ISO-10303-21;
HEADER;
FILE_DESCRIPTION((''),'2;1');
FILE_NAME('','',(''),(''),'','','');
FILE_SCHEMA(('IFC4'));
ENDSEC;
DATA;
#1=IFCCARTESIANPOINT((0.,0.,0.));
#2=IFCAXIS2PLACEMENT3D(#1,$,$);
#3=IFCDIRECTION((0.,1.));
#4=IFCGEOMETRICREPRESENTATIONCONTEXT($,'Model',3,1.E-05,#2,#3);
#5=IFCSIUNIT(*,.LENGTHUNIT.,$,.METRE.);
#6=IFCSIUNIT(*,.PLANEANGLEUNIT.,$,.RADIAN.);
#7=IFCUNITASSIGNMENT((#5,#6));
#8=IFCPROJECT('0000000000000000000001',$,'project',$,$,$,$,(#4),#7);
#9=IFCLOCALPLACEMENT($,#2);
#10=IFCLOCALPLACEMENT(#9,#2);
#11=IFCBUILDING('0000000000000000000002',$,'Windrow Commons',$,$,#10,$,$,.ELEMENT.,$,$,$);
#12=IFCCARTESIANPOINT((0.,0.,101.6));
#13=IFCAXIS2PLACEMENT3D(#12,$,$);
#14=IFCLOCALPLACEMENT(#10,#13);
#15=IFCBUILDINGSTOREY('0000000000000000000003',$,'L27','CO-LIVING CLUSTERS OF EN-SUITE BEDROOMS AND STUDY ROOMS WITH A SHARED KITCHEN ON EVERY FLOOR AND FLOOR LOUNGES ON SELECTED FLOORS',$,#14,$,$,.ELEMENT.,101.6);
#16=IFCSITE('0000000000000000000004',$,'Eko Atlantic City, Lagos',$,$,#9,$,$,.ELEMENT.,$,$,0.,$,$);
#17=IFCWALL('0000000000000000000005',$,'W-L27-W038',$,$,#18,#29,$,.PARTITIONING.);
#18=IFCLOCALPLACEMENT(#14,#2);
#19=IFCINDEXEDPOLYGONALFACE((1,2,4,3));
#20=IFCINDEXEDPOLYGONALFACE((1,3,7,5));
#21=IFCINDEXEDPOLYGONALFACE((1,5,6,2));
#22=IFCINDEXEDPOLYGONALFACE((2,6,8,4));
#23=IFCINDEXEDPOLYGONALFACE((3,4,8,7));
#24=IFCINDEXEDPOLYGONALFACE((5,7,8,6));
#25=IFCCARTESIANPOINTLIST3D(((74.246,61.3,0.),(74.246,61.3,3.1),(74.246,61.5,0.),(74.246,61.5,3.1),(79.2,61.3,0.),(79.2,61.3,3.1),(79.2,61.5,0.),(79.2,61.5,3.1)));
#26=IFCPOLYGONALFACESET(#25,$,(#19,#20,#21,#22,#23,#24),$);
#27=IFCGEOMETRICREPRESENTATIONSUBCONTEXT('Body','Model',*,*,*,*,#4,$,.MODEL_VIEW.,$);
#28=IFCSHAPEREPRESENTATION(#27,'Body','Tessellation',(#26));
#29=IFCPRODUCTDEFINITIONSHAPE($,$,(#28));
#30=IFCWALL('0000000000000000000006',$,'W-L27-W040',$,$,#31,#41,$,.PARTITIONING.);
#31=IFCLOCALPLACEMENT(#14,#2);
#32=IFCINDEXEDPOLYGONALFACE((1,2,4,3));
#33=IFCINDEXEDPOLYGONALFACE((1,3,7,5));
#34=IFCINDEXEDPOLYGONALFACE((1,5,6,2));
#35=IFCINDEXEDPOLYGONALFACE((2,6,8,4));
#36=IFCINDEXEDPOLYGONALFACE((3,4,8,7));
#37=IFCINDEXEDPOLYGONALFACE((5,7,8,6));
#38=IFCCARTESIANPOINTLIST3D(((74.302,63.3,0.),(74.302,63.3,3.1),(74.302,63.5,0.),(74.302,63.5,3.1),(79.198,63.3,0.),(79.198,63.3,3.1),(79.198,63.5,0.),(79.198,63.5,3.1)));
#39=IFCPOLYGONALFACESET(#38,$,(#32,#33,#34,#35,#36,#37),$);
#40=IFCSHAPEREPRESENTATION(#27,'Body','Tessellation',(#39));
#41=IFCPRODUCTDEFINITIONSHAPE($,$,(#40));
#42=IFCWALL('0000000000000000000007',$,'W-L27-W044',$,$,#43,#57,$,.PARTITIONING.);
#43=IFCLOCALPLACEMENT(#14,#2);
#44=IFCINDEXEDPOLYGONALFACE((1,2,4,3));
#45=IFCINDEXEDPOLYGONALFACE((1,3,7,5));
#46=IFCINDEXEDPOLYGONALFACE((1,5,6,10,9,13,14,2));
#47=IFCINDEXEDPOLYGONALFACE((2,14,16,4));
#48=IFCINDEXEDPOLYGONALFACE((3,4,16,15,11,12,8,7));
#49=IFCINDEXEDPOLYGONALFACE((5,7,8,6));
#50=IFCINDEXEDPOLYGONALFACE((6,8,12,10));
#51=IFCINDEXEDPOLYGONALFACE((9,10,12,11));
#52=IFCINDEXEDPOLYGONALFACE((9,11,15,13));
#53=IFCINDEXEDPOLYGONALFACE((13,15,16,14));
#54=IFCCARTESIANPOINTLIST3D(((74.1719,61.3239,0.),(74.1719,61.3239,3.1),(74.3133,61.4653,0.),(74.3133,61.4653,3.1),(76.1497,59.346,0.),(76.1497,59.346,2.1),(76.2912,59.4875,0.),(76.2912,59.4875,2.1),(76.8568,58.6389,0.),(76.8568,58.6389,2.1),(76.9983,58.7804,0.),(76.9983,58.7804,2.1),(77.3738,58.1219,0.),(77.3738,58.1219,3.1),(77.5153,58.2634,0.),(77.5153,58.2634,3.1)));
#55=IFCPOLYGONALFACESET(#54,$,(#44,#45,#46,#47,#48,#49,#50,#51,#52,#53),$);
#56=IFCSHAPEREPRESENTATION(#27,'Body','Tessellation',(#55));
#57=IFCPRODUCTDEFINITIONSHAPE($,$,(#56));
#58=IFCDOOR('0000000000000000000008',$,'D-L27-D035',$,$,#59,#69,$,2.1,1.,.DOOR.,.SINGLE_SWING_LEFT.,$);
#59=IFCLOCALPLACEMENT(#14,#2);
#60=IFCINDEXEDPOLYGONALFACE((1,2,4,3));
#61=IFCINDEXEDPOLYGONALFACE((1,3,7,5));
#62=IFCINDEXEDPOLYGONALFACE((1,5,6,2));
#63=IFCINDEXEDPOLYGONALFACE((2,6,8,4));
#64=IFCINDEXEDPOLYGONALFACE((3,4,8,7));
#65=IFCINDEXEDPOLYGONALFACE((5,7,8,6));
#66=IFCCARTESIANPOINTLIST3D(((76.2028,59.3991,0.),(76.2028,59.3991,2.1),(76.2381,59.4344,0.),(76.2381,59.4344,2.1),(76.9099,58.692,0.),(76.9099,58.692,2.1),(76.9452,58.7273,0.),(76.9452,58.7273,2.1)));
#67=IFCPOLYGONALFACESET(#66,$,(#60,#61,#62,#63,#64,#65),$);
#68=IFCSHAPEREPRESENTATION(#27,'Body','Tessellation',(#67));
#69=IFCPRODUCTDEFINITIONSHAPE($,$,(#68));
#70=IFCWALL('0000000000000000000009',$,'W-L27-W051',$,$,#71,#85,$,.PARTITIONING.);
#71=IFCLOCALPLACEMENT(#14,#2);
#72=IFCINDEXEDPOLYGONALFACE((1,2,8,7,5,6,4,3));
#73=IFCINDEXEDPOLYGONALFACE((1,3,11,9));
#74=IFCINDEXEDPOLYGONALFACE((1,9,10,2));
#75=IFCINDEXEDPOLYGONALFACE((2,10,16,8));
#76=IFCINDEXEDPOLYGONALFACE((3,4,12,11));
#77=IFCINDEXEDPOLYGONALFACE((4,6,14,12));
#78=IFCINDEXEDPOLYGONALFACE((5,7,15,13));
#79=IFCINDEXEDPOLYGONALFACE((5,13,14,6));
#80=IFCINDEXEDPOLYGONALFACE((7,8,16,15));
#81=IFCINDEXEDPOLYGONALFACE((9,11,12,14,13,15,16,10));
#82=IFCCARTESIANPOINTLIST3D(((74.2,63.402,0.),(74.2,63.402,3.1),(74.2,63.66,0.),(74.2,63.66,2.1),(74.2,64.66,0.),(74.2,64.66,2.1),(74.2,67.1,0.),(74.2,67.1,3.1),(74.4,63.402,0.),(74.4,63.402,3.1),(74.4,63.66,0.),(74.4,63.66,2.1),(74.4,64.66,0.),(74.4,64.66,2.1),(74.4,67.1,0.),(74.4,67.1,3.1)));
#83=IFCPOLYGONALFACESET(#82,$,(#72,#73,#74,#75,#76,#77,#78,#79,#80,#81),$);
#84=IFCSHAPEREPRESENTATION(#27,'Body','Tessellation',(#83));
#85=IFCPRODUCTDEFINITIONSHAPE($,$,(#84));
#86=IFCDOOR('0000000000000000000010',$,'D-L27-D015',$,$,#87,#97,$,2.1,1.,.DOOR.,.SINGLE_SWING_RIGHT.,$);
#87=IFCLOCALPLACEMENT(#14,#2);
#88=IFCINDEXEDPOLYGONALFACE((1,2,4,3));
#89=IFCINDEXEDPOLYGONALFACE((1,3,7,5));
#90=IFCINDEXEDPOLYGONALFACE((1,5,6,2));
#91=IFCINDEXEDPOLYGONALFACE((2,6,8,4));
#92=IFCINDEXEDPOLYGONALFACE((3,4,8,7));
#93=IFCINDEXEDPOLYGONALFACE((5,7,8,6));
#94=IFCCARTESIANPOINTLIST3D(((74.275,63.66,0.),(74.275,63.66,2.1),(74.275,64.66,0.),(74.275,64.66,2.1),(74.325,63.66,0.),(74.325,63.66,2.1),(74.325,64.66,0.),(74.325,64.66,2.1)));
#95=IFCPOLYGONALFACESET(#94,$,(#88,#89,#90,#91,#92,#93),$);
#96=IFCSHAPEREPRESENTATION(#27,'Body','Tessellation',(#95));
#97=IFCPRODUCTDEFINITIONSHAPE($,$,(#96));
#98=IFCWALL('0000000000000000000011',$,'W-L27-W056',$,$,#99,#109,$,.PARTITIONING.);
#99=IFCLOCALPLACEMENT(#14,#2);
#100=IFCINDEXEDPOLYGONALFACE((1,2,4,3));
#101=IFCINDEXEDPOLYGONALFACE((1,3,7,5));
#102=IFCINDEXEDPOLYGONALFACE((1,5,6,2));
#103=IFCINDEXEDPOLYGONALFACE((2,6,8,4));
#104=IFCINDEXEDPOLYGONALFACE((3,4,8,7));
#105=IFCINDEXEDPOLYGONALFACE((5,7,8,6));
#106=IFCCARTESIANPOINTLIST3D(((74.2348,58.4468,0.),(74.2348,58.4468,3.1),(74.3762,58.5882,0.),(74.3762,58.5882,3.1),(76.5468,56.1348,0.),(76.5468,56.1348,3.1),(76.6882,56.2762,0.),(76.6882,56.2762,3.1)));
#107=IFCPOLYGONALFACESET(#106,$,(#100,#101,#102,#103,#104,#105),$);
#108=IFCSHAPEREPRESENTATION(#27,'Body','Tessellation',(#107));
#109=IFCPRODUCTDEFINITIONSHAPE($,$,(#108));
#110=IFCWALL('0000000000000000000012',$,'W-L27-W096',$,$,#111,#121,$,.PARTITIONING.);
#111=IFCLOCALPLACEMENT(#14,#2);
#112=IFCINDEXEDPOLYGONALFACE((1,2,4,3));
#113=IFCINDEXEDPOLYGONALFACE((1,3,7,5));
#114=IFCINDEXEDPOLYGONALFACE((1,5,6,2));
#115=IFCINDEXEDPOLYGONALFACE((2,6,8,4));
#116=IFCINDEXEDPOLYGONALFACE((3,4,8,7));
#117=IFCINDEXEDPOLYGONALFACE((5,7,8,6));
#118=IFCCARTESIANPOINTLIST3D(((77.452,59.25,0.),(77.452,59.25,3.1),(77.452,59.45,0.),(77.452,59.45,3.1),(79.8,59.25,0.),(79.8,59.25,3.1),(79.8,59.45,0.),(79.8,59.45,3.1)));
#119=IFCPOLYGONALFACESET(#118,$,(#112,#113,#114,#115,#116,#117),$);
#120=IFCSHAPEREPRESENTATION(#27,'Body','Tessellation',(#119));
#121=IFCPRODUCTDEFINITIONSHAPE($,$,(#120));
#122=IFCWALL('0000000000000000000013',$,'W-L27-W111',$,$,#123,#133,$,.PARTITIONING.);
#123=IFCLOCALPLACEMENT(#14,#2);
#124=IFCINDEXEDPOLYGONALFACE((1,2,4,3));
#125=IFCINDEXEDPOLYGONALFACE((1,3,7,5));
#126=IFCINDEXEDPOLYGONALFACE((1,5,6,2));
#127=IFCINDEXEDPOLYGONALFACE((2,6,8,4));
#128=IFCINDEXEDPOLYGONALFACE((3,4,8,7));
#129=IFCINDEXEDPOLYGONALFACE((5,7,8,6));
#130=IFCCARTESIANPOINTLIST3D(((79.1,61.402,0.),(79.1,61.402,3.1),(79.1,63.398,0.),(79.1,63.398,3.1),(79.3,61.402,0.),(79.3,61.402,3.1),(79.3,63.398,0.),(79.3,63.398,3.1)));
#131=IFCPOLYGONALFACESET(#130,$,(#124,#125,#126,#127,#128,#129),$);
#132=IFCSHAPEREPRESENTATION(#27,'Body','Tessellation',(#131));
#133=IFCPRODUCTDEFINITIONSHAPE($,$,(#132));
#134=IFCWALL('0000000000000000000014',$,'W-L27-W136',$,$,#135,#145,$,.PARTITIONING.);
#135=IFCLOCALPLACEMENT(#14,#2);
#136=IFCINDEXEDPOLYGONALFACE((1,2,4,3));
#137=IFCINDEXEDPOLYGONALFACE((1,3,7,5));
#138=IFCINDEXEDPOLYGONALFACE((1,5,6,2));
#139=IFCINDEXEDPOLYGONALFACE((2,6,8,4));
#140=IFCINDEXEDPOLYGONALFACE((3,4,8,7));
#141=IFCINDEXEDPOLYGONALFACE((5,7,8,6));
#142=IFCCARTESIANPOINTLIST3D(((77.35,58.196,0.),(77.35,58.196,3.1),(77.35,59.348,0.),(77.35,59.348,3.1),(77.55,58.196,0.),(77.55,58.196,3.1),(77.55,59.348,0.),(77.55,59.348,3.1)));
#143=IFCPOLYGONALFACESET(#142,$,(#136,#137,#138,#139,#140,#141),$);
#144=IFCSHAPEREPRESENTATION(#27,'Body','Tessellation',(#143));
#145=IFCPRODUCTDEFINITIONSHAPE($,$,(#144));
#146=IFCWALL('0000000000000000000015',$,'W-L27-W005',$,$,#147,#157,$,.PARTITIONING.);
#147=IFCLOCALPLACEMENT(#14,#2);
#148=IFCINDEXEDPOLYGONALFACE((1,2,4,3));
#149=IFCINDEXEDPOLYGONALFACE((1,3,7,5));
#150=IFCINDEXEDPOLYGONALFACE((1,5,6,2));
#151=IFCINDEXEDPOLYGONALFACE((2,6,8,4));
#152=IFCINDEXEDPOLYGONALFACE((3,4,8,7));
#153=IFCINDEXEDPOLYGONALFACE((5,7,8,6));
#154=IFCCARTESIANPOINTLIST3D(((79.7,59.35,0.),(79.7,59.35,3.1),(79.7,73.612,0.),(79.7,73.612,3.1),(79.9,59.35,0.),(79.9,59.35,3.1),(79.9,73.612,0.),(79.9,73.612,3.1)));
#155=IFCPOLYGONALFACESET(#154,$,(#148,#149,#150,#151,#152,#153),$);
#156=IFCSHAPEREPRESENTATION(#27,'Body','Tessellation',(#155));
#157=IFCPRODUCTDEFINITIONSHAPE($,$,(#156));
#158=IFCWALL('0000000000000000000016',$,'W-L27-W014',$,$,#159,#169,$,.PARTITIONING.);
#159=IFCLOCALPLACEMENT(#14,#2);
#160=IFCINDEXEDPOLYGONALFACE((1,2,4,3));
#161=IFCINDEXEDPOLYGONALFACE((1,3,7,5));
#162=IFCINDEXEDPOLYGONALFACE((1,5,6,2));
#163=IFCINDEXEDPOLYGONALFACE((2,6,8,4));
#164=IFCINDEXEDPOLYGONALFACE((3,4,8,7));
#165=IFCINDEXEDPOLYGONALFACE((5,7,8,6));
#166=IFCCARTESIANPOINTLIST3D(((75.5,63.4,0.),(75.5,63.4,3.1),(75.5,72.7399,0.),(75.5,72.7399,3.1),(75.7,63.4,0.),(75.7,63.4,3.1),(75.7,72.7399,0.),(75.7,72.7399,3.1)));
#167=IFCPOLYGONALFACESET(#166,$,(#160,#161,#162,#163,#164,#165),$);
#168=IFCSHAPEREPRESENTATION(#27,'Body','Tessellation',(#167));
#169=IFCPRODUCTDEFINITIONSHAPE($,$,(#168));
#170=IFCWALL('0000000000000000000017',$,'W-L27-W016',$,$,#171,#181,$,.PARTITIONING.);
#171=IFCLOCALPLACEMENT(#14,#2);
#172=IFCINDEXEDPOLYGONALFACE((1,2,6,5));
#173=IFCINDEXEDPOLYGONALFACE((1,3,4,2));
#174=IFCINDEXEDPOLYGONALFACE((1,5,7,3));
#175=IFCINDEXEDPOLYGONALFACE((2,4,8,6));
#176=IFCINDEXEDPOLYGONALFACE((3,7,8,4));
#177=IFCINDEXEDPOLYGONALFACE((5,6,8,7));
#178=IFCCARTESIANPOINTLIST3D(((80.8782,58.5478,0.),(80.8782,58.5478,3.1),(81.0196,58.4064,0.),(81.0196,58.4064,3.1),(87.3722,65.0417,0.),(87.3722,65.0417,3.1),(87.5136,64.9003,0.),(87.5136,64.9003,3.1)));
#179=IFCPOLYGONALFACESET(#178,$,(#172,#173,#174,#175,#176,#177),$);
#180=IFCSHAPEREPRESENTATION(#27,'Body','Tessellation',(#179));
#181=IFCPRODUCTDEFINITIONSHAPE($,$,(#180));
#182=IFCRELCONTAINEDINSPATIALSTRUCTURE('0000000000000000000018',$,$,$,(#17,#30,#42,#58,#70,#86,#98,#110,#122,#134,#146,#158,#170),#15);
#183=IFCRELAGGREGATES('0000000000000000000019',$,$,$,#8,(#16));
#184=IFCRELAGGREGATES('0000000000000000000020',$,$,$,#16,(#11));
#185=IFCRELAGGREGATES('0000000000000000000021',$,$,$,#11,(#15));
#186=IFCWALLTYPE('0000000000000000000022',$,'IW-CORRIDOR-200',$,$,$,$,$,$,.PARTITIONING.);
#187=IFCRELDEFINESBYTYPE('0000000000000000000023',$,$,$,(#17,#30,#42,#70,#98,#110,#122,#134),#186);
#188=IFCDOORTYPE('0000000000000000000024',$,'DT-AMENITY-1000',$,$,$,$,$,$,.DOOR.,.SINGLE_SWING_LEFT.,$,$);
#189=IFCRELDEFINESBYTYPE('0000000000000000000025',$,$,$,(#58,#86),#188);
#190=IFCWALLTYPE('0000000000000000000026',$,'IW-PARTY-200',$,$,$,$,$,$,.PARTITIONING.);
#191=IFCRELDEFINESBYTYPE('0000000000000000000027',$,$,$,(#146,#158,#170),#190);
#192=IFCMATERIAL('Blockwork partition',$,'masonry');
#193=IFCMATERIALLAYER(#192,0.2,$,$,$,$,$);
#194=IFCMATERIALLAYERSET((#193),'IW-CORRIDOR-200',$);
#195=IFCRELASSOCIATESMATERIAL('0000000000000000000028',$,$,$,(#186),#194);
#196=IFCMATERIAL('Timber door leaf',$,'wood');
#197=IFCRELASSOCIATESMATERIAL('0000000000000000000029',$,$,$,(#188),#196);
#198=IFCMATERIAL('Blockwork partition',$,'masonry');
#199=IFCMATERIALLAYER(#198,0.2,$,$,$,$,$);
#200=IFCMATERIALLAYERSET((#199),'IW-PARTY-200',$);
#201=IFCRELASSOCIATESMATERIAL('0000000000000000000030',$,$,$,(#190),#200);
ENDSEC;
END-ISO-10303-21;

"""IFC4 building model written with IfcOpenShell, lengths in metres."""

from ifc_helpers import new_model, si_unit, direction, frame, frame_2d, origin, place, context, subcontext, project, spatial, rectangle, extrude, material, layer, layer_set, type_object, element, fill, save


model = new_model("IFC4")

# Units and contexts
model_context = context("Model", 3, precision=1e-05, world=origin(), true_north=direction((0.0, 1.0)))
body_context = subcontext(model_context, "Body", "Model", "MODEL_VIEW")
ifc_project = project(units=[si_unit("LENGTHUNIT", "METRE"), si_unit("PLANEANGLEUNIT", "RADIAN")], contexts=[model_context])

# Site, building, storey
site_placement = place(None, origin())
site = spatial("IfcSite", under=ifc_project, at=site_placement, Name="Eko Atlantic City, Lagos", CompositionType="ELEMENT", RefElevation=0.0)
building_placement = place(site_placement, origin())
building = spatial("IfcBuilding", under=site, at=building_placement, Name="Windrow Commons", CompositionType="ELEMENT")
storey_placement = place(building_placement, frame((0.0, 0.0, 101.6)))
storey = spatial("IfcBuildingStorey", under=building, at=storey_placement, Name="L27", Description="CO-LIVING CLUSTERS OF EN-SUITE BEDROOMS AND STUDY ROOMS WITH A SHARED KITCHEN ON EVERY FLOOR AND FLOOR LOUNGES ON SELECTED FLOORS", CompositionType="ELEMENT", Elevation=101.6)

# Walls
ifc_material_1 = material(Name="Blockwork partition", Category="masonry")
ifc_layer_1 = layer(ifc_material_1, 0.2)
ifc_layer_set_1 = layer_set([ifc_layer_1], Name="IW-CORRIDOR-200")
wall_type_1 = type_object("IfcWallType", Name="IW-CORRIDOR-200", PredefinedType="PARTITIONING", material=ifc_layer_set_1)
wall_1_placement = place(storey_placement, frame((74.246, 61.4, 0.0), z_axis=(0.0, 0.0, 1.0), x_axis=(1.0, 0.0, 0.0)))
element("IfcWall", 1, at=wall_1_placement, inside=storey, type_object=wall_type_1, Name="W-L27-W038", PredefinedType="PARTITIONING", context=body_context, shape_type="SweptSolid", body=[
    extrude(rectangle(XDim=4.954, YDim=0.2, at=frame_2d((2.477, 0.0))), origin(), (0.0, 0.0, 1.0), 3.1),
])
wall_2_placement = place(storey_placement, frame((74.302, 63.4, 0.0), z_axis=(0.0, 0.0, 1.0), x_axis=(1.0, 0.0, 0.0)))
element("IfcWall", 2, at=wall_2_placement, inside=storey, type_object=wall_type_1, Name="W-L27-W040", PredefinedType="PARTITIONING", context=body_context, shape_type="SweptSolid", body=[
    extrude(rectangle(XDim=4.896, YDim=0.2, at=frame_2d((2.448, 0.0))), origin(), (0.0, 0.0, 1.0), 3.1),
])

# Walls, openings, doors
wall_3_placement = place(storey_placement, frame((74.2426, 61.3946, 0.0), z_axis=(0.0, 0.0, 1.0), x_axis=(0.707107, -0.707107, 0.0)))
wall_3 = element("IfcWall", 3, at=wall_3_placement, inside=storey, type_object=wall_type_1, Name="W-L27-W044", PredefinedType="PARTITIONING", context=body_context, shape_type="SweptSolid", body=[
    extrude(rectangle(XDim=4.5283, YDim=0.2, at=frame_2d((2.2641, 0.0))), origin(), (0.0, 0.0, 1.0), 3.1),
])
opening_1_placement = place(wall_3_placement, frame((2.7971, 0.0, 0.0)))
opening_1 = element("IfcOpeningElement", 4, at=opening_1_placement, cuts=wall_3, PredefinedType="OPENING", context=body_context, shape_type="SweptSolid", body=[
    extrude(rectangle(XDim=1.0, YDim=2.1, at=frame_2d((0.5, 1.05))), frame((0.0, 0.11, 0.0), z_axis=(0.0, -1.0, 0.0), x_axis=(1.0, 0.0, 0.0)), (0.0, 0.0, 1.0), 0.22),
])
ifc_material_2 = material(Name="Timber door leaf", Category="wood")
door_type = type_object("IfcDoorType", Name="DT-AMENITY-1000", OperationType="SINGLE_SWING_LEFT", PredefinedType="DOOR", material=ifc_material_2)
door_1_placement = place(opening_1_placement, origin())
door_1 = element("IfcDoor", 5, at=door_1_placement, inside=storey, type_object=door_type, Name="D-L27-D035", OperationType="SINGLE_SWING_LEFT", OverallHeight=2.1, OverallWidth=1.0, PredefinedType="DOOR", context=body_context, shape_type="SweptSolid", body=[
    extrude(rectangle(XDim=1.0, YDim=2.1, at=frame_2d((0.5, 1.05))), frame((0.0, 0.025, 0.0), z_axis=(0.0, -1.0, 0.0), x_axis=(1.0, 0.0, 0.0)), (0.0, 0.0, 1.0), 0.05),
])
fill(opening_1, door_1)
wall_4_placement = place(storey_placement, frame((74.3, 63.402, 0.0), z_axis=(0.0, 0.0, 1.0), x_axis=(0.0, 1.0, 0.0)))
wall_4 = element("IfcWall", 6, at=wall_4_placement, inside=storey, type_object=wall_type_1, Name="W-L27-W051", PredefinedType="PARTITIONING", context=body_context, shape_type="SweptSolid", body=[
    extrude(rectangle(XDim=3.698, YDim=0.2, at=frame_2d((1.849, 0.0))), origin(), (0.0, 0.0, 1.0), 3.1),
])
opening_2_placement = place(wall_4_placement, frame((0.258, 0.0, 0.0)))
opening_2 = element("IfcOpeningElement", 7, at=opening_2_placement, cuts=wall_4, PredefinedType="OPENING", context=body_context, shape_type="SweptSolid", body=[
    extrude(rectangle(XDim=1.0, YDim=2.1, at=frame_2d((0.5, 1.05))), frame((0.0, 0.11, 0.0), z_axis=(0.0, -1.0, 0.0), x_axis=(1.0, 0.0, 0.0)), (0.0, 0.0, 1.0), 0.22),
])
door_2_placement = place(opening_2_placement, origin())
door_2 = element("IfcDoor", 8, at=door_2_placement, inside=storey, type_object=door_type, Name="D-L27-D015", OperationType="SINGLE_SWING_RIGHT", OverallHeight=2.1, OverallWidth=1.0, PredefinedType="DOOR", context=body_context, shape_type="SweptSolid", body=[
    extrude(rectangle(XDim=1.0, YDim=2.1, at=frame_2d((0.5, 1.05))), frame((0.0, 0.025, 0.0), z_axis=(0.0, -1.0, 0.0), x_axis=(1.0, 0.0, 0.0)), (0.0, 0.0, 1.0), 0.05),
])
fill(opening_2, door_2)

# Walls
wall_5_placement = place(storey_placement, frame((74.3055, 58.5175, 0.0), z_axis=(0.0, 0.0, 1.0), x_axis=(0.707107, -0.707107, 0.0)))
element("IfcWall", 9, at=wall_5_placement, inside=storey, type_object=wall_type_1, Name="W-L27-W056", PredefinedType="PARTITIONING", context=body_context, shape_type="SweptSolid", body=[
    extrude(rectangle(XDim=3.2697, YDim=0.2, at=frame_2d((1.6348, 0.0))), origin(), (0.0, 0.0, 1.0), 3.1),
])
wall_6_placement = place(storey_placement, frame((77.452, 59.35, 0.0), z_axis=(0.0, 0.0, 1.0), x_axis=(1.0, 0.0, 0.0)))
element("IfcWall", 10, at=wall_6_placement, inside=storey, type_object=wall_type_1, Name="W-L27-W096", PredefinedType="PARTITIONING", context=body_context, shape_type="SweptSolid", body=[
    extrude(rectangle(XDim=2.348, YDim=0.2, at=frame_2d((1.174, 0.0))), origin(), (0.0, 0.0, 1.0), 3.1),
])
wall_7_placement = place(storey_placement, frame((79.2, 61.402, 0.0), z_axis=(0.0, 0.0, 1.0), x_axis=(0.0, 1.0, 0.0)))
element("IfcWall", 11, at=wall_7_placement, inside=storey, type_object=wall_type_1, Name="W-L27-W111", PredefinedType="PARTITIONING", context=body_context, shape_type="SweptSolid", body=[
    extrude(rectangle(XDim=1.996, YDim=0.2, at=frame_2d((0.998, 0.0))), origin(), (0.0, 0.0, 1.0), 3.1),
])
wall_8_placement = place(storey_placement, frame((77.45, 58.196, 0.0), z_axis=(0.0, 0.0, 1.0), x_axis=(0.0, 1.0, 0.0)))
element("IfcWall", 12, at=wall_8_placement, inside=storey, type_object=wall_type_1, Name="W-L27-W136", PredefinedType="PARTITIONING", context=body_context, shape_type="SweptSolid", body=[
    extrude(rectangle(XDim=1.152, YDim=0.2, at=frame_2d((0.576, 0.0))), origin(), (0.0, 0.0, 1.0), 3.1),
])
ifc_material_3 = material(Name="Blockwork partition", Category="masonry")
ifc_layer_2 = layer(ifc_material_3, 0.2)
ifc_layer_set_2 = layer_set([ifc_layer_2], Name="IW-PARTY-200")
wall_type_2 = type_object("IfcWallType", Name="IW-PARTY-200", PredefinedType="PARTITIONING", material=ifc_layer_set_2)
wall_9_placement = place(storey_placement, frame((79.8, 59.35, 0.0), z_axis=(0.0, 0.0, 1.0), x_axis=(0.0, 1.0, 0.0)))
element("IfcWall", 13, at=wall_9_placement, inside=storey, type_object=wall_type_2, Name="W-L27-W005", PredefinedType="PARTITIONING", context=body_context, shape_type="SweptSolid", body=[
    extrude(rectangle(XDim=14.2619, YDim=0.2, at=frame_2d((7.131, 0.0))), origin(), (0.0, 0.0, 1.0), 3.1),
])
wall_10_placement = place(storey_placement, frame((75.6, 63.4, 0.0), z_axis=(0.0, 0.0, 1.0), x_axis=(0.0, 1.0, 0.0)))
element("IfcWall", 14, at=wall_10_placement, inside=storey, type_object=wall_type_2, Name="W-L27-W014", PredefinedType="PARTITIONING", context=body_context, shape_type="SweptSolid", body=[
    extrude(rectangle(XDim=9.3399, YDim=0.2, at=frame_2d((4.67, 0.0))), origin(), (0.0, 0.0, 1.0), 3.1),
])
wall_11_placement = place(storey_placement, frame((80.9489, 58.4771, 0.0), z_axis=(0.0, 0.0, 1.0), x_axis=(0.707112, 0.707101, 0.0)))
element("IfcWall", 15, at=wall_11_placement, inside=storey, type_object=wall_type_2, Name="W-L27-W016", PredefinedType="PARTITIONING", context=body_context, shape_type="SweptSolid", body=[
    extrude(rectangle(XDim=9.1838, YDim=0.2, at=frame_2d((4.5919, 0.0))), origin(), (0.0, 0.0, 1.0), 3.1),
])

save(model, "model.ifc")
